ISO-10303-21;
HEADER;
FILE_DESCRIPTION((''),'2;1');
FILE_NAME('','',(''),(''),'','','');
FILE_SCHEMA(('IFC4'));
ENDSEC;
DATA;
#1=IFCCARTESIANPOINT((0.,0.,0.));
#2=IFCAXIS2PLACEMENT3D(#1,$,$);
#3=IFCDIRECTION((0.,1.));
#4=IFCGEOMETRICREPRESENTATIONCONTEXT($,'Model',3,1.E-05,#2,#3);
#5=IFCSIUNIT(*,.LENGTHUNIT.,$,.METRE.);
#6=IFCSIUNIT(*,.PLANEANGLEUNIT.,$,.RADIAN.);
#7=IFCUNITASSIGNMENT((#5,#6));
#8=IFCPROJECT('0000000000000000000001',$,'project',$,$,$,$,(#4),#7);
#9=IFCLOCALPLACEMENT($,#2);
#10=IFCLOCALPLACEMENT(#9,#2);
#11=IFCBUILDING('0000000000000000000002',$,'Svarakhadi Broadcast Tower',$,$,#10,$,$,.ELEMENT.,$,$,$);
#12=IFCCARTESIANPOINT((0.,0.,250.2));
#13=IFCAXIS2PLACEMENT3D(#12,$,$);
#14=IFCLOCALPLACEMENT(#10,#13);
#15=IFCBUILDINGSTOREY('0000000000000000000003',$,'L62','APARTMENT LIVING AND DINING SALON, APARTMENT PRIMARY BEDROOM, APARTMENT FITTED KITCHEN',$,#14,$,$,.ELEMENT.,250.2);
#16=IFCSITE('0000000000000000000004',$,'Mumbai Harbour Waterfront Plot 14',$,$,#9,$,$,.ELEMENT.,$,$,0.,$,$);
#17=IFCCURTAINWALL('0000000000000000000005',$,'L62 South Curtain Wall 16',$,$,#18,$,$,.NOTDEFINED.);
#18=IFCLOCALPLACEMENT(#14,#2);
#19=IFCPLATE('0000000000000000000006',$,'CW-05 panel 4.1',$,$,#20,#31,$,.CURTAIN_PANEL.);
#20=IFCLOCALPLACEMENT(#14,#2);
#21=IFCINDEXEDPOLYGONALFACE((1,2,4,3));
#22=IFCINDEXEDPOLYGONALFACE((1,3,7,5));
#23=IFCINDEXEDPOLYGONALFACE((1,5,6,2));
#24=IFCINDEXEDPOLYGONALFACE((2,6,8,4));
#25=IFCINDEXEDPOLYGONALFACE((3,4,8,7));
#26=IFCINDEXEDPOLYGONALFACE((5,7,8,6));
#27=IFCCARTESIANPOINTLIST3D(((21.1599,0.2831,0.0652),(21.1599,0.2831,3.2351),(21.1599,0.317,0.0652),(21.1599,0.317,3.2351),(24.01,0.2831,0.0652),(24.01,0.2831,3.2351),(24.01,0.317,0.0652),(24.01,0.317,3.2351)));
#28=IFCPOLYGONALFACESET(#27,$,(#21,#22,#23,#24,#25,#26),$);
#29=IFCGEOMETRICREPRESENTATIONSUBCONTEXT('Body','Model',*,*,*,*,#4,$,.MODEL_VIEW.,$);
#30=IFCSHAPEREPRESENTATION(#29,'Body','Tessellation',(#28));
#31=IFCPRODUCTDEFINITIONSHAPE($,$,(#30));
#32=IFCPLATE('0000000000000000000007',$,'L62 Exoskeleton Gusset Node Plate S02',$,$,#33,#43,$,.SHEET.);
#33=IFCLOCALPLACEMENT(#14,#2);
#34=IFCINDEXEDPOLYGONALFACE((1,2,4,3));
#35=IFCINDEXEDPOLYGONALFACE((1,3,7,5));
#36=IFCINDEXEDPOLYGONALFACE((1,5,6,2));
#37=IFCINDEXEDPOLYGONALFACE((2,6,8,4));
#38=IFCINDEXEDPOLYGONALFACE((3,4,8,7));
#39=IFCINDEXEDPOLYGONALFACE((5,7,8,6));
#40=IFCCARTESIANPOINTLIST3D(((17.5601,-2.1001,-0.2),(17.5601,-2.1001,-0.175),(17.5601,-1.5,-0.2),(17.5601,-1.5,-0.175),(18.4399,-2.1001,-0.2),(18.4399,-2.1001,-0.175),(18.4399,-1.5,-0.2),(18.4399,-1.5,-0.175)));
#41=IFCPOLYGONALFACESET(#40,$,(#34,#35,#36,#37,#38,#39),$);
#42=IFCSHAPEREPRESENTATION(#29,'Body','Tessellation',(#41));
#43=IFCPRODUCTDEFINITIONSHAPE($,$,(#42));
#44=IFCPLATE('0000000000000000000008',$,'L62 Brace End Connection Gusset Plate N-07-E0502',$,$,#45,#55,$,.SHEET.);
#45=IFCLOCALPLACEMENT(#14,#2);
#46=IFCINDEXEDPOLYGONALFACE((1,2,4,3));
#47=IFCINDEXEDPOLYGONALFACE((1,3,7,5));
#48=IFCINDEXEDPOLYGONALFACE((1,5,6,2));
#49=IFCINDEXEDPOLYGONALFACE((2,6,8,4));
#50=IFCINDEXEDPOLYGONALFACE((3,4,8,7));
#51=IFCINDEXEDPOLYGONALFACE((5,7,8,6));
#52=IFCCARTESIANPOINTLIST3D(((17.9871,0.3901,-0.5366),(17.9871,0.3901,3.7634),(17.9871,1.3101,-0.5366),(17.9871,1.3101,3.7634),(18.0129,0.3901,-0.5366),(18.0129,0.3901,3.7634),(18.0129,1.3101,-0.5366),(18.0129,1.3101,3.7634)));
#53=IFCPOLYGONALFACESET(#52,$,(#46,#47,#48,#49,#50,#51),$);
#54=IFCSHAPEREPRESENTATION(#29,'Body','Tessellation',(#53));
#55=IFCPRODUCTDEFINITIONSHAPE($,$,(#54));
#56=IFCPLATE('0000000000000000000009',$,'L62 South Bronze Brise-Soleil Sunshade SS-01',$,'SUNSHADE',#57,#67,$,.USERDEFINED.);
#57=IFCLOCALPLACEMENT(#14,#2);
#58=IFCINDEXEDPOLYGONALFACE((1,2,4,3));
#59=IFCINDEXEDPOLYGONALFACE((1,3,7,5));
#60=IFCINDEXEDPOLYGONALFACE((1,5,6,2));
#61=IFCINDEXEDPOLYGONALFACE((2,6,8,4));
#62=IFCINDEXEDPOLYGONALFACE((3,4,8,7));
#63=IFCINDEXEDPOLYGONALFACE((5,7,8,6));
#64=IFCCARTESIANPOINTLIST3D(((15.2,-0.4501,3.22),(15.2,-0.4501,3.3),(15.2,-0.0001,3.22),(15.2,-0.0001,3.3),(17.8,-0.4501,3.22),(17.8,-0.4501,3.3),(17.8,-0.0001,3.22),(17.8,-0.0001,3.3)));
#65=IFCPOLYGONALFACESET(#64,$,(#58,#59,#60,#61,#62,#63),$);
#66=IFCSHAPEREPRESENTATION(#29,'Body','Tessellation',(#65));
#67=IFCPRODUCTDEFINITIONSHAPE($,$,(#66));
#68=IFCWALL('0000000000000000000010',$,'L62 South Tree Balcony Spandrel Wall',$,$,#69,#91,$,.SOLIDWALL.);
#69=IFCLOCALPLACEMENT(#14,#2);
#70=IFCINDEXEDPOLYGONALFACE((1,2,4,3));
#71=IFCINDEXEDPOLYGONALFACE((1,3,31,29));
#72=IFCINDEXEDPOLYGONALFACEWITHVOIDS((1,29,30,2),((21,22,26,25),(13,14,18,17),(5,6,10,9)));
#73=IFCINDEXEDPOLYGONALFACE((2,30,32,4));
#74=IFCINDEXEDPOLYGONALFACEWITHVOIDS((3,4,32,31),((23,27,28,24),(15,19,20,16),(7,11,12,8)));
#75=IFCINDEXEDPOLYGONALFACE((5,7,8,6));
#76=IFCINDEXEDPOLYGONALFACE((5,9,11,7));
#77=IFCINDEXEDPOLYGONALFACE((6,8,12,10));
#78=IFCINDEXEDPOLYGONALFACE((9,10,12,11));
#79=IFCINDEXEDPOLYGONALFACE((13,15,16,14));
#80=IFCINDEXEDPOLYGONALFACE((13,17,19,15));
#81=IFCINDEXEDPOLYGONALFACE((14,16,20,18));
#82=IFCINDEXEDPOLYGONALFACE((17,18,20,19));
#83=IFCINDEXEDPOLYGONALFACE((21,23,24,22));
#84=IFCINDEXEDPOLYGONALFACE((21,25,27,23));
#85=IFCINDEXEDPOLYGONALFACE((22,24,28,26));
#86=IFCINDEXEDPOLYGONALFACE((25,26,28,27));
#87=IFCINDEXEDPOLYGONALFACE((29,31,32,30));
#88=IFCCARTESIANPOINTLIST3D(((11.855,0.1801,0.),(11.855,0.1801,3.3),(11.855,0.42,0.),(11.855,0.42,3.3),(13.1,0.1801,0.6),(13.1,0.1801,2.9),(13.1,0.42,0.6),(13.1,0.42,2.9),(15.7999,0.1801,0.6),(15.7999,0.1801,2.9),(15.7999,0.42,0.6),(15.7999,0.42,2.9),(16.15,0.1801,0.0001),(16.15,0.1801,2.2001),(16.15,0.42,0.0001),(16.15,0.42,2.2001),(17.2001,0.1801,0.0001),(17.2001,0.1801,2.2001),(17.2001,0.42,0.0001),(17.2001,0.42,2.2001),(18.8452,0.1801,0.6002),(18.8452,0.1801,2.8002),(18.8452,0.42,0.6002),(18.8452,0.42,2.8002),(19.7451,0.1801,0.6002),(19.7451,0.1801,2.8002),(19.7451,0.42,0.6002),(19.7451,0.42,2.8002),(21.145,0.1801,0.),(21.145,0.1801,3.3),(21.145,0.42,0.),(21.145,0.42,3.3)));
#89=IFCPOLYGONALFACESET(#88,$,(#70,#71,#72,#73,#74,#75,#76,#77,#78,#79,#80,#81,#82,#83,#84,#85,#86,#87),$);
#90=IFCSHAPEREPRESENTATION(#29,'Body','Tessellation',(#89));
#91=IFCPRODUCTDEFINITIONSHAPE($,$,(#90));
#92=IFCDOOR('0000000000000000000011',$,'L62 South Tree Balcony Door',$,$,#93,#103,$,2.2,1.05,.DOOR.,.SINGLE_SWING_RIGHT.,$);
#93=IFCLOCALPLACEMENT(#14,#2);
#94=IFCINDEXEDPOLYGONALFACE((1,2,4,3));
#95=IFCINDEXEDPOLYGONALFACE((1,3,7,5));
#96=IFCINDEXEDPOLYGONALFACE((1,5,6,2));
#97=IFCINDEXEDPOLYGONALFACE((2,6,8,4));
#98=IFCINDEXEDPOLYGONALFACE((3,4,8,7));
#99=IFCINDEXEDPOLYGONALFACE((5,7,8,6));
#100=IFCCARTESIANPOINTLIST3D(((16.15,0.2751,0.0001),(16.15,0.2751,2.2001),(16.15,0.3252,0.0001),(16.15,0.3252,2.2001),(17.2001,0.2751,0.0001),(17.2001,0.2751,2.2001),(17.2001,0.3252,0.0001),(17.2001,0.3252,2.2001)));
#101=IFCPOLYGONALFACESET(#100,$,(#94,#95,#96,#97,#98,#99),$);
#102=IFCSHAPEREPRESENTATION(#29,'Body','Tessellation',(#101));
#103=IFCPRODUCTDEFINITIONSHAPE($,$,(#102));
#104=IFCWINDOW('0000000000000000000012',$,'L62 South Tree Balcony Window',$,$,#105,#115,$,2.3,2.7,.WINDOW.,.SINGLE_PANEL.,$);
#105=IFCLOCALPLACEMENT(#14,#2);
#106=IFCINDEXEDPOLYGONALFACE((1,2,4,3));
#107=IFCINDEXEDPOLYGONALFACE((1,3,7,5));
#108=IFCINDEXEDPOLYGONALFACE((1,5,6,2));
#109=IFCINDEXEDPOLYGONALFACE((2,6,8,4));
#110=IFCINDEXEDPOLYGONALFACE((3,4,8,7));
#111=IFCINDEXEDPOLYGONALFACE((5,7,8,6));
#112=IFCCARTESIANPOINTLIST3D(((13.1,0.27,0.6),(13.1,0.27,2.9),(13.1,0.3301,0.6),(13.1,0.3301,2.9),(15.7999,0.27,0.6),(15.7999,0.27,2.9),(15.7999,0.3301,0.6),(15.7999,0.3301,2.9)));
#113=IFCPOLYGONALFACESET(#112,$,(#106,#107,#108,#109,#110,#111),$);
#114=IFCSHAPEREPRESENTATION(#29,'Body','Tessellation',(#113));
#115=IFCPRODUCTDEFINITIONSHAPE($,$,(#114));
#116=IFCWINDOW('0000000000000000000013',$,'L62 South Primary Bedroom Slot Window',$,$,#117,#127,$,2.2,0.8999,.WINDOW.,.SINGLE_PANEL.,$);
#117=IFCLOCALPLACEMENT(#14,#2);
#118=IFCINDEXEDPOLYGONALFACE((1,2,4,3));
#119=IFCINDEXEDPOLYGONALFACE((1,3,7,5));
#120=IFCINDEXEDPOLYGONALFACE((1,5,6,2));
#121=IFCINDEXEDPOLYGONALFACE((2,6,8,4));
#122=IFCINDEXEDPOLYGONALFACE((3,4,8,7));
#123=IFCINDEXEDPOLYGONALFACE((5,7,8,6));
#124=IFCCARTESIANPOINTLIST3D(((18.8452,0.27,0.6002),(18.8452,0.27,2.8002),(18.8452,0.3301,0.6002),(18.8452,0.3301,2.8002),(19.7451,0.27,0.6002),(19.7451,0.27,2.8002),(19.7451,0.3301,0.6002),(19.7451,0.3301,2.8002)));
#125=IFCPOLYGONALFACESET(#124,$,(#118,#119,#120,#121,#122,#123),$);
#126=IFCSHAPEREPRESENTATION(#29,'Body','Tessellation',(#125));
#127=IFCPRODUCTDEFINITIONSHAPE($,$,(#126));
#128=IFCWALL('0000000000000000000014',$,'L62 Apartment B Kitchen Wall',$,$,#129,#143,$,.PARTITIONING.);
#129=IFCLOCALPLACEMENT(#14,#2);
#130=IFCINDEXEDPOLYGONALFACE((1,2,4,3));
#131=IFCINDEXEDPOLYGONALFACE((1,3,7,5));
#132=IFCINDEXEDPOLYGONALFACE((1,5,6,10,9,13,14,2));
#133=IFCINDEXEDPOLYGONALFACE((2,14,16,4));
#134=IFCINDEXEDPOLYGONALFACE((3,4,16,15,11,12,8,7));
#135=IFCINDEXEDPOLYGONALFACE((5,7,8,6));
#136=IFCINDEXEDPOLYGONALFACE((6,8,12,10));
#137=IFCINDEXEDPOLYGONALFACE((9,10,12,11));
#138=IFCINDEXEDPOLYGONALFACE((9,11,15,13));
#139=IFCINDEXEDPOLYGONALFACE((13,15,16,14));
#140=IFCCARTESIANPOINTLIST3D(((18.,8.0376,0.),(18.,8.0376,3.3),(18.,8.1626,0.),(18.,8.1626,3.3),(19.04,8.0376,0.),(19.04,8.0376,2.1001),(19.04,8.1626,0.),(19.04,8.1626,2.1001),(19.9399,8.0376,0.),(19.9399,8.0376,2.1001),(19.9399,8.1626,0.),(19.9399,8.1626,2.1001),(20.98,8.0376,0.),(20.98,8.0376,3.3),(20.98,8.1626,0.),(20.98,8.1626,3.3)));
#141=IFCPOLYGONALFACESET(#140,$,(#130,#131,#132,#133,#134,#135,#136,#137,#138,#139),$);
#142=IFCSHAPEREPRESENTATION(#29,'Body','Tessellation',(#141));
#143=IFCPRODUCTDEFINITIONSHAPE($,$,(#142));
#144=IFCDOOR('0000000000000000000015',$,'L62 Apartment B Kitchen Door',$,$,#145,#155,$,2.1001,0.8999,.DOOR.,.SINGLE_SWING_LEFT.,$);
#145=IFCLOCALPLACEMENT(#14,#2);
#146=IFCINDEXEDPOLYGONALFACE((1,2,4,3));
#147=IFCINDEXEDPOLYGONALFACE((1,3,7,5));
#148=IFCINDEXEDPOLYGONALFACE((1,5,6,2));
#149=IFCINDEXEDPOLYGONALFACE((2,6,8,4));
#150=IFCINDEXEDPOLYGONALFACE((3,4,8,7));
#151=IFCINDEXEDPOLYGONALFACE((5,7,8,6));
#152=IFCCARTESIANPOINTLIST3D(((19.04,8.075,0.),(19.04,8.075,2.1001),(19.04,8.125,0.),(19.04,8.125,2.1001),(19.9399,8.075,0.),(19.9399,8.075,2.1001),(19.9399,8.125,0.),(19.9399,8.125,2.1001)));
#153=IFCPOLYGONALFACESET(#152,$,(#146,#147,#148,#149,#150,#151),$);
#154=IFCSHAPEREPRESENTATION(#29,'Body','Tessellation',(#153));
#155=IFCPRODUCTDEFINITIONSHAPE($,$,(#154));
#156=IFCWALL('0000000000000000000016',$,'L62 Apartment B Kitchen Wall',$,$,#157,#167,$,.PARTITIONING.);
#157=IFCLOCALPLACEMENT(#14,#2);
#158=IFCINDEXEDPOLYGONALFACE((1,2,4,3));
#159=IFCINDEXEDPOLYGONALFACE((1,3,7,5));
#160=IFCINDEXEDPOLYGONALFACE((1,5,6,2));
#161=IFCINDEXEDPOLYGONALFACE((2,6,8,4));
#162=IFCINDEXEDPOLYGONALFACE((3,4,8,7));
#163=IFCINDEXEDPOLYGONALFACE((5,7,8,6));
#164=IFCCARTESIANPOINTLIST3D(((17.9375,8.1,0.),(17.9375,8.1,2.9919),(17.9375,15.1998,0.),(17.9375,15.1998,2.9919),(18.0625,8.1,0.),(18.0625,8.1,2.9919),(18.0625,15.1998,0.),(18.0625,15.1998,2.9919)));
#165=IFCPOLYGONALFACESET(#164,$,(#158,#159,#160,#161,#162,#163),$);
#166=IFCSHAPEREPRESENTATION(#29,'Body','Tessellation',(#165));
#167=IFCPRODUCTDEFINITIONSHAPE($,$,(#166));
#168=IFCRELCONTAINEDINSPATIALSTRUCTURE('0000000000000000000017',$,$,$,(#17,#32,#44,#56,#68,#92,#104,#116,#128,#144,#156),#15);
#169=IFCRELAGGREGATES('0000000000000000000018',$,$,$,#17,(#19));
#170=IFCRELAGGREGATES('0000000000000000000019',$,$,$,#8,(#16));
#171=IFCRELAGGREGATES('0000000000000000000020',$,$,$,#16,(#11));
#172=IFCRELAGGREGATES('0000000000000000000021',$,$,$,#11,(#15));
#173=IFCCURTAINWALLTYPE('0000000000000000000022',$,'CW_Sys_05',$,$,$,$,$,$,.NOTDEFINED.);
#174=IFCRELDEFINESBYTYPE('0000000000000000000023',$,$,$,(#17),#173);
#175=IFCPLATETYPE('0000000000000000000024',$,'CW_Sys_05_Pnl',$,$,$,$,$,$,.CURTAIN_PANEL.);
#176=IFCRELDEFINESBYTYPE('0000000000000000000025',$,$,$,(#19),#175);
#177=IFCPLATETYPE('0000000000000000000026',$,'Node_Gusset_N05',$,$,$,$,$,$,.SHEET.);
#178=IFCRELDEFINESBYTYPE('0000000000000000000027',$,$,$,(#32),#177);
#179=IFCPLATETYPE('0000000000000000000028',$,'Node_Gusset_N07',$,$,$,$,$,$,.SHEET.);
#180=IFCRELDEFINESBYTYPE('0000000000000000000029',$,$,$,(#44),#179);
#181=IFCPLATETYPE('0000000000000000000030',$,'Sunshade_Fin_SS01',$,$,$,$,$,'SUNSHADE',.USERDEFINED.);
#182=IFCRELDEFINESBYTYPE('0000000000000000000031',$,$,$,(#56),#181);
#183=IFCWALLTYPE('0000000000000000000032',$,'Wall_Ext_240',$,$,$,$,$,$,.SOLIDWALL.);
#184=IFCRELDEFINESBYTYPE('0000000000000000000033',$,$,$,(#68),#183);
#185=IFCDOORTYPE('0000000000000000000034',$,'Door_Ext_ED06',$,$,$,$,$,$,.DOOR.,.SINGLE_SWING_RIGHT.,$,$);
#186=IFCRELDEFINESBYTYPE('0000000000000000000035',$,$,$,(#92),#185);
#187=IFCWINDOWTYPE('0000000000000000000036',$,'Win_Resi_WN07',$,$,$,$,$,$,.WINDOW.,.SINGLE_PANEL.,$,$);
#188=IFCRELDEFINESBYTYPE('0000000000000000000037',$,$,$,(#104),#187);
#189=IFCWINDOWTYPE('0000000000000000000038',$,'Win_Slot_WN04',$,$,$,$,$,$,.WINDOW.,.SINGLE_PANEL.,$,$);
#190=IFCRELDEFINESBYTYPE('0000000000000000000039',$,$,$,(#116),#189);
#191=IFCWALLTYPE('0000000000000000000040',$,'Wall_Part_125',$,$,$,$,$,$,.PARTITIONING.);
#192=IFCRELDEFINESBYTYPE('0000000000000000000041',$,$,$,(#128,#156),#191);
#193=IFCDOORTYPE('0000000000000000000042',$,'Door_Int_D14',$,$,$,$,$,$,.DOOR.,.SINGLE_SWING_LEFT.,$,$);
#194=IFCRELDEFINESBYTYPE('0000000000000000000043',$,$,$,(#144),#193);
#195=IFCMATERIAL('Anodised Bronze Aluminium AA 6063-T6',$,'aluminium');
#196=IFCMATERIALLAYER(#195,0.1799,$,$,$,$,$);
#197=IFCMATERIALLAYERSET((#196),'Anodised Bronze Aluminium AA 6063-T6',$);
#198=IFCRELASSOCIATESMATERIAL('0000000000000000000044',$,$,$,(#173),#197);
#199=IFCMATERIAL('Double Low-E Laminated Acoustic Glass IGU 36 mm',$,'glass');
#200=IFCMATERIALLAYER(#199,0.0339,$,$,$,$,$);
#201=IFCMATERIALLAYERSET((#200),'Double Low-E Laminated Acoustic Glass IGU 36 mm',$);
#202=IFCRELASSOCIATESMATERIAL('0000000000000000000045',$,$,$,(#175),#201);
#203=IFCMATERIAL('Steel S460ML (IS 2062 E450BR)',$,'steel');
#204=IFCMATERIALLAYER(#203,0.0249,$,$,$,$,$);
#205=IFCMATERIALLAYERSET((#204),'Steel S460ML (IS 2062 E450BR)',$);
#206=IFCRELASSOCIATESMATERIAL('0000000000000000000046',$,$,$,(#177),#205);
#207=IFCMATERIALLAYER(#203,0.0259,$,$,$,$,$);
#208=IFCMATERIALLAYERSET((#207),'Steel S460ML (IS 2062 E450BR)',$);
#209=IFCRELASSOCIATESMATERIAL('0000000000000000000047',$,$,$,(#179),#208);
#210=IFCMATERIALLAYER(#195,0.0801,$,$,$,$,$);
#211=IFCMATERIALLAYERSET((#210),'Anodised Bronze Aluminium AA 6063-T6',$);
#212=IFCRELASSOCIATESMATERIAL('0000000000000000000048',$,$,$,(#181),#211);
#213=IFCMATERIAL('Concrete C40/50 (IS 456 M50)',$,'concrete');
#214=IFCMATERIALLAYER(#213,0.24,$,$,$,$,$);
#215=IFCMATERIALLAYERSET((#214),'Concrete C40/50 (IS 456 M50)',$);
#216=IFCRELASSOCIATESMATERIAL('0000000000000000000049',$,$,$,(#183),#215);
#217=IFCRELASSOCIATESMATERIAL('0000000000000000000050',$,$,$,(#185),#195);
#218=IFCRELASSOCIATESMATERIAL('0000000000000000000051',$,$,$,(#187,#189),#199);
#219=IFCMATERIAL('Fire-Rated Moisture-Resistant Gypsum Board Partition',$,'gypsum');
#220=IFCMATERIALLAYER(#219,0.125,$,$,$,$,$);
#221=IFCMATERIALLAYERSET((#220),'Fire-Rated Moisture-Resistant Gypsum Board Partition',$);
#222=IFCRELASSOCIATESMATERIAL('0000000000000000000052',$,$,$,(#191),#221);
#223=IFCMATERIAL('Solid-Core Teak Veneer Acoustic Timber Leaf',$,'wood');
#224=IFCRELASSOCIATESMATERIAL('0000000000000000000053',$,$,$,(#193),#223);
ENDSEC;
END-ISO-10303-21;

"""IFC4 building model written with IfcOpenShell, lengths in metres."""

from ifc_helpers import new_model, si_unit, direction, frame, frame_2d, origin, origin_2d, place, context, subcontext, project, spatial, rectangle, extrude, material, layer, layer_set, type_object, element, fill, aggregate, save


model = new_model("IFC4")

# Units and contexts
model_context = context("Model", 3, precision=1e-05, world=origin(), true_north=direction((0.0, 1.0)))
body_context = subcontext(model_context, "Body", "Model", "MODEL_VIEW")
ifc_project = project(units=[si_unit("LENGTHUNIT", "METRE"), si_unit("PLANEANGLEUNIT", "RADIAN")], contexts=[model_context])

# Site, building, storey
site_placement = place(None, origin())
site = spatial("IfcSite", under=ifc_project, at=site_placement, Name="Mumbai Harbour Waterfront Plot 14", CompositionType="ELEMENT", RefElevation=0.0)
building_placement = place(site_placement, origin())
building = spatial("IfcBuilding", under=site, at=building_placement, Name="Svarakhadi Broadcast Tower", CompositionType="ELEMENT")
storey_placement = place(building_placement, frame((0.0, 0.0, 250.2)))
storey = spatial("IfcBuildingStorey", under=building, at=storey_placement, Name="L62", Description="APARTMENT LIVING AND DINING SALON, APARTMENT PRIMARY BEDROOM, APARTMENT FITTED KITCHEN", CompositionType="ELEMENT", Elevation=250.2)

# Shared definitions
ifc_material_1 = material(Name="Steel S460ML (IS 2062 E450BR)", Category="steel")

# Curtain wall
ifc_material_2 = material(Name="Anodised Bronze Aluminium AA 6063-T6", Category="aluminium")
ifc_layer_1 = layer(ifc_material_2, 0.1799)
ifc_layer_set_1 = layer_set([ifc_layer_1], Name="Anodised Bronze Aluminium AA 6063-T6")
curtain_wall_type = type_object("IfcCurtainWallType", Name="CW_Sys_05", PredefinedType="NOTDEFINED", material=ifc_layer_set_1)
curtain_wall_placement = place(storey_placement, origin())
curtain_wall = element("IfcCurtainWall", 1, at=curtain_wall_placement, inside=storey, type_object=curtain_wall_type, Name="L62 South Curtain Wall 16", PredefinedType="NOTDEFINED")

# Plate
ifc_material_3 = material(Name="Double Low-E Laminated Acoustic Glass IGU 36 mm", Category="glass")
ifc_layer_2 = layer(ifc_material_3, 0.0339)
ifc_layer_set_2 = layer_set([ifc_layer_2], Name="Double Low-E Laminated Acoustic Glass IGU 36 mm")
plate_type_1 = type_object("IfcPlateType", Name="CW_Sys_05_Pnl", PredefinedType="CURTAIN_PANEL", material=ifc_layer_set_2)
plate_1_placement = place(storey_placement, frame((22.585, 0.3, 0.0652), z_axis=(0.0, 0.0, 1.0), x_axis=(-1.0, 0.0, 0.0)))
plate_1 = element("IfcPlate", 2, at=plate_1_placement, type_object=plate_type_1, Name="CW-05 panel 4.1", PredefinedType="CURTAIN_PANEL", context=body_context, shape_type="SweptSolid", body=[
    extrude(rectangle(XDim=2.8501, YDim=0.0339, at=origin_2d()), origin(), (0.0, 0.0, 1.0), 3.1699),
])
aggregate(curtain_wall, [plate_1])

# Plates
ifc_layer_3 = layer(ifc_material_1, 0.0249)
ifc_layer_set_3 = layer_set([ifc_layer_3], Name="Steel S460ML (IS 2062 E450BR)")
plate_type_2 = type_object("IfcPlateType", Name="Node_Gusset_N05", PredefinedType="SHEET", material=ifc_layer_set_3)
plate_2_placement = place(storey_placement, frame((18.0, -1.8, -0.2), z_axis=(0.0, 0.0, 1.0), x_axis=(1.0, 0.0, 0.0)))
element("IfcPlate", 3, at=plate_2_placement, inside=storey, type_object=plate_type_2, Name="L62 Exoskeleton Gusset Node Plate S02", PredefinedType="SHEET", context=body_context, shape_type="SweptSolid", body=[
    extrude(rectangle(XDim=0.8799, YDim=0.6001, at=origin_2d()), origin(), (0.0, 0.0, 1.0), 0.0249),
])
ifc_layer_4 = layer(ifc_material_1, 0.0259)
ifc_layer_set_4 = layer_set([ifc_layer_4], Name="Steel S460ML (IS 2062 E450BR)")
plate_type_3 = type_object("IfcPlateType", Name="Node_Gusset_N07", PredefinedType="SHEET", material=ifc_layer_set_4)
plate_3_placement = place(storey_placement, frame((18.0, 0.8501, -0.5366), z_axis=(0.0, 0.0, 1.0), x_axis=(0.0, 1.0, 0.0)))
element("IfcPlate", 4, at=plate_3_placement, inside=storey, type_object=plate_type_3, Name="L62 Brace End Connection Gusset Plate N-07-E0502", PredefinedType="SHEET", context=body_context, shape_type="SweptSolid", body=[
    extrude(rectangle(XDim=0.9199, YDim=0.0259, at=origin_2d()), origin(), (0.0, 0.0, 1.0), 4.3),
])
ifc_layer_5 = layer(ifc_material_2, 0.0801)
ifc_layer_set_5 = layer_set([ifc_layer_5], Name="Anodised Bronze Aluminium AA 6063-T6")
plate_type_4 = type_object("IfcPlateType", Name="Sunshade_Fin_SS01", ElementType="SUNSHADE", PredefinedType="USERDEFINED", material=ifc_layer_set_5)
plate_4_placement = place(storey_placement, frame((16.5, -0.2251, 3.22), z_axis=(0.0, 0.0, 1.0), x_axis=(1.0, 0.0, 0.0)))
element("IfcPlate", 5, at=plate_4_placement, inside=storey, type_object=plate_type_4, Name="L62 South Bronze Brise-Soleil Sunshade SS-01", ObjectType="SUNSHADE", PredefinedType="USERDEFINED", context=body_context, shape_type="SweptSolid", body=[
    extrude(rectangle(XDim=2.6001, YDim=0.45, at=origin_2d()), origin(), (0.0, 0.0, 1.0), 0.0801),
])

# Wall, openings, door, windows
ifc_material_4 = material(Name="Concrete C40/50 (IS 456 M50)", Category="concrete")
ifc_layer_6 = layer(ifc_material_4, 0.24)
ifc_layer_set_6 = layer_set([ifc_layer_6], Name="Concrete C40/50 (IS 456 M50)")
wall_type_1 = type_object("IfcWallType", Name="Wall_Ext_240", PredefinedType="SOLIDWALL", material=ifc_layer_set_6)
wall_1_placement = place(storey_placement, frame((21.145, 0.3, 0.0), z_axis=(0.0, 0.0, 1.0), x_axis=(-1.0, 0.0, 0.0)))
wall_1 = element("IfcWall", 6, at=wall_1_placement, inside=storey, type_object=wall_type_1, Name="L62 South Tree Balcony Spandrel Wall", PredefinedType="SOLIDWALL", context=body_context, shape_type="SweptSolid", body=[
    extrude(rectangle(XDim=9.29, YDim=0.24, at=frame_2d((4.645, 0.0))), origin(), (0.0, 0.0, 1.0), 3.3),
])
opening_1_placement = place(wall_1_placement, frame((3.9451, 0.0, 0.0)))
opening_1 = element("IfcOpeningElement", 7, at=opening_1_placement, cuts=wall_1, PredefinedType="OPENING", context=body_context, shape_type="SweptSolid", body=[
    extrude(rectangle(XDim=1.05, YDim=2.2, at=frame_2d((0.5249, 1.1001))), frame((0.0, 0.1299, 0.0), z_axis=(0.0, -1.0, 0.0), x_axis=(1.0, 0.0, 0.0)), (0.0, 0.0, 1.0), 0.26),
])
opening_2_placement = place(wall_1_placement, frame((5.345, 0.0, 0.6001)))
opening_2 = element("IfcOpeningElement", 8, at=opening_2_placement, cuts=wall_1, PredefinedType="OPENING", context=body_context, shape_type="SweptSolid", body=[
    extrude(rectangle(XDim=2.7, YDim=2.3, at=frame_2d((1.3501, 1.1499))), frame((0.0, 0.1299, 0.0), z_axis=(0.0, -1.0, 0.0), x_axis=(1.0, 0.0, 0.0)), (0.0, 0.0, 1.0), 0.26),
])
opening_3_placement = place(wall_1_placement, frame((1.3999, 0.0, 0.6001)))
opening_3 = element("IfcOpeningElement", 9, at=opening_3_placement, cuts=wall_1, PredefinedType="OPENING", context=body_context, shape_type="SweptSolid", body=[
    extrude(rectangle(XDim=0.8999, YDim=2.2, at=frame_2d((0.45, 1.1001))), frame((0.0, 0.1299, 0.0), z_axis=(0.0, -1.0, 0.0), x_axis=(1.0, 0.0, 0.0)), (0.0, 0.0, 1.0), 0.26),
])
door_type_1 = type_object("IfcDoorType", Name="Door_Ext_ED06", OperationType="SINGLE_SWING_RIGHT", PredefinedType="DOOR", material=ifc_material_2)
door_1_placement = place(opening_1_placement, origin())
door_1 = element("IfcDoor", 10, at=door_1_placement, inside=storey, type_object=door_type_1, Name="L62 South Tree Balcony Door", OperationType="SINGLE_SWING_RIGHT", OverallHeight=2.2, OverallWidth=1.05, PredefinedType="DOOR", context=body_context, shape_type="SweptSolid", body=[
    extrude(rectangle(XDim=1.05, YDim=2.2, at=frame_2d((0.5249, 1.1001))), frame((0.0, 0.0249, 0.0), z_axis=(0.0, -1.0, 0.0), x_axis=(1.0, 0.0, 0.0)), (0.0, 0.0, 1.0), 0.05),
])
fill(opening_1, door_1)
window_type_1 = type_object("IfcWindowType", Name="Win_Resi_WN07", PartitioningType="SINGLE_PANEL", PredefinedType="WINDOW", material=ifc_material_3)
window_1_placement = place(opening_2_placement, origin())
window_1 = element("IfcWindow", 11, at=window_1_placement, inside=storey, type_object=window_type_1, Name="L62 South Tree Balcony Window", OverallHeight=2.3, OverallWidth=2.7, PartitioningType="SINGLE_PANEL", PredefinedType="WINDOW", context=body_context, shape_type="SweptSolid", body=[
    extrude(rectangle(XDim=2.7, YDim=2.3, at=frame_2d((1.3501, 1.1499))), frame((0.0, 0.03, 0.0), z_axis=(0.0, -1.0, 0.0), x_axis=(1.0, 0.0, 0.0)), (0.0, 0.0, 1.0), 0.0601),
])
fill(opening_2, window_1)
window_type_2 = type_object("IfcWindowType", Name="Win_Slot_WN04", PartitioningType="SINGLE_PANEL", PredefinedType="WINDOW", material=ifc_material_3)
window_2_placement = place(opening_3_placement, origin())
window_2 = element("IfcWindow", 12, at=window_2_placement, inside=storey, type_object=window_type_2, Name="L62 South Primary Bedroom Slot Window", OverallHeight=2.2, OverallWidth=0.8999, PartitioningType="SINGLE_PANEL", PredefinedType="WINDOW", context=body_context, shape_type="SweptSolid", body=[
    extrude(rectangle(XDim=0.8999, YDim=2.2, at=frame_2d((0.45, 1.1001))), frame((0.0, 0.03, 0.0), z_axis=(0.0, -1.0, 0.0), x_axis=(1.0, 0.0, 0.0)), (0.0, 0.0, 1.0), 0.0601),
])
fill(opening_3, window_2)

# Wall, opening, door
ifc_material_5 = material(Name="Fire-Rated Moisture-Resistant Gypsum Board Partition", Category="gypsum")
ifc_layer_7 = layer(ifc_material_5, 0.125)
ifc_layer_set_7 = layer_set([ifc_layer_7], Name="Fire-Rated Moisture-Resistant Gypsum Board Partition")
wall_type_2 = type_object("IfcWallType", Name="Wall_Part_125", PredefinedType="PARTITIONING", material=ifc_layer_set_7)
wall_2_placement = place(storey_placement, frame((18.0, 8.1001, 0.0), z_axis=(0.0, 0.0, 1.0), x_axis=(1.0, 0.0, 0.0)))
wall_2 = element("IfcWall", 13, at=wall_2_placement, inside=storey, type_object=wall_type_2, Name="L62 Apartment B Kitchen Wall", PredefinedType="PARTITIONING", context=body_context, shape_type="SweptSolid", body=[
    extrude(rectangle(XDim=2.98, YDim=0.125, at=frame_2d((1.49, 0.0))), origin(), (0.0, 0.0, 1.0), 3.3),
])
opening_4_placement = place(wall_2_placement, frame((1.04, 0.0, 0.0)))
opening_4 = element("IfcOpeningElement", 14, at=opening_4_placement, cuts=wall_2, PredefinedType="OPENING", context=body_context, shape_type="SweptSolid", body=[
    extrude(rectangle(XDim=0.8999, YDim=2.1001, at=frame_2d((0.45, 1.05))), frame((0.0, 0.0725, 0.0), z_axis=(0.0, -1.0, 0.0), x_axis=(1.0, 0.0, 0.0)), (0.0, 0.0, 1.0), 0.145),
])
ifc_material_6 = material(Name="Solid-Core Teak Veneer Acoustic Timber Leaf", Category="wood")
door_type_2 = type_object("IfcDoorType", Name="Door_Int_D14", OperationType="SINGLE_SWING_LEFT", PredefinedType="DOOR", material=ifc_material_6)
door_2_placement = place(opening_4_placement, origin())
door_2 = element("IfcDoor", 15, at=door_2_placement, inside=storey, type_object=door_type_2, Name="L62 Apartment B Kitchen Door", OperationType="SINGLE_SWING_LEFT", OverallHeight=2.1001, OverallWidth=0.8999, PredefinedType="DOOR", context=body_context, shape_type="SweptSolid", body=[
    extrude(rectangle(XDim=0.8999, YDim=2.1001, at=frame_2d((0.45, 1.05))), frame((0.0, 0.0249, 0.0), z_axis=(0.0, -1.0, 0.0), x_axis=(1.0, 0.0, 0.0)), (0.0, 0.0, 1.0), 0.05),
])
fill(opening_4, door_2)

# Wall
wall_3_placement = place(storey_placement, frame((18.0, 8.1001, 0.0), z_axis=(0.0, 0.0, 1.0), x_axis=(0.0, 1.0, 0.0)))
element("IfcWall", 16, at=wall_3_placement, inside=storey, type_object=wall_type_2, Name="L62 Apartment B Kitchen Wall", PredefinedType="PARTITIONING", context=body_context, shape_type="SweptSolid", body=[
    extrude(rectangle(XDim=7.0999, YDim=0.125, at=frame_2d((3.5498, 0.0))), origin(), (0.0, 0.0, 1.0), 2.9919),
])

save(model, "model.ifc")
